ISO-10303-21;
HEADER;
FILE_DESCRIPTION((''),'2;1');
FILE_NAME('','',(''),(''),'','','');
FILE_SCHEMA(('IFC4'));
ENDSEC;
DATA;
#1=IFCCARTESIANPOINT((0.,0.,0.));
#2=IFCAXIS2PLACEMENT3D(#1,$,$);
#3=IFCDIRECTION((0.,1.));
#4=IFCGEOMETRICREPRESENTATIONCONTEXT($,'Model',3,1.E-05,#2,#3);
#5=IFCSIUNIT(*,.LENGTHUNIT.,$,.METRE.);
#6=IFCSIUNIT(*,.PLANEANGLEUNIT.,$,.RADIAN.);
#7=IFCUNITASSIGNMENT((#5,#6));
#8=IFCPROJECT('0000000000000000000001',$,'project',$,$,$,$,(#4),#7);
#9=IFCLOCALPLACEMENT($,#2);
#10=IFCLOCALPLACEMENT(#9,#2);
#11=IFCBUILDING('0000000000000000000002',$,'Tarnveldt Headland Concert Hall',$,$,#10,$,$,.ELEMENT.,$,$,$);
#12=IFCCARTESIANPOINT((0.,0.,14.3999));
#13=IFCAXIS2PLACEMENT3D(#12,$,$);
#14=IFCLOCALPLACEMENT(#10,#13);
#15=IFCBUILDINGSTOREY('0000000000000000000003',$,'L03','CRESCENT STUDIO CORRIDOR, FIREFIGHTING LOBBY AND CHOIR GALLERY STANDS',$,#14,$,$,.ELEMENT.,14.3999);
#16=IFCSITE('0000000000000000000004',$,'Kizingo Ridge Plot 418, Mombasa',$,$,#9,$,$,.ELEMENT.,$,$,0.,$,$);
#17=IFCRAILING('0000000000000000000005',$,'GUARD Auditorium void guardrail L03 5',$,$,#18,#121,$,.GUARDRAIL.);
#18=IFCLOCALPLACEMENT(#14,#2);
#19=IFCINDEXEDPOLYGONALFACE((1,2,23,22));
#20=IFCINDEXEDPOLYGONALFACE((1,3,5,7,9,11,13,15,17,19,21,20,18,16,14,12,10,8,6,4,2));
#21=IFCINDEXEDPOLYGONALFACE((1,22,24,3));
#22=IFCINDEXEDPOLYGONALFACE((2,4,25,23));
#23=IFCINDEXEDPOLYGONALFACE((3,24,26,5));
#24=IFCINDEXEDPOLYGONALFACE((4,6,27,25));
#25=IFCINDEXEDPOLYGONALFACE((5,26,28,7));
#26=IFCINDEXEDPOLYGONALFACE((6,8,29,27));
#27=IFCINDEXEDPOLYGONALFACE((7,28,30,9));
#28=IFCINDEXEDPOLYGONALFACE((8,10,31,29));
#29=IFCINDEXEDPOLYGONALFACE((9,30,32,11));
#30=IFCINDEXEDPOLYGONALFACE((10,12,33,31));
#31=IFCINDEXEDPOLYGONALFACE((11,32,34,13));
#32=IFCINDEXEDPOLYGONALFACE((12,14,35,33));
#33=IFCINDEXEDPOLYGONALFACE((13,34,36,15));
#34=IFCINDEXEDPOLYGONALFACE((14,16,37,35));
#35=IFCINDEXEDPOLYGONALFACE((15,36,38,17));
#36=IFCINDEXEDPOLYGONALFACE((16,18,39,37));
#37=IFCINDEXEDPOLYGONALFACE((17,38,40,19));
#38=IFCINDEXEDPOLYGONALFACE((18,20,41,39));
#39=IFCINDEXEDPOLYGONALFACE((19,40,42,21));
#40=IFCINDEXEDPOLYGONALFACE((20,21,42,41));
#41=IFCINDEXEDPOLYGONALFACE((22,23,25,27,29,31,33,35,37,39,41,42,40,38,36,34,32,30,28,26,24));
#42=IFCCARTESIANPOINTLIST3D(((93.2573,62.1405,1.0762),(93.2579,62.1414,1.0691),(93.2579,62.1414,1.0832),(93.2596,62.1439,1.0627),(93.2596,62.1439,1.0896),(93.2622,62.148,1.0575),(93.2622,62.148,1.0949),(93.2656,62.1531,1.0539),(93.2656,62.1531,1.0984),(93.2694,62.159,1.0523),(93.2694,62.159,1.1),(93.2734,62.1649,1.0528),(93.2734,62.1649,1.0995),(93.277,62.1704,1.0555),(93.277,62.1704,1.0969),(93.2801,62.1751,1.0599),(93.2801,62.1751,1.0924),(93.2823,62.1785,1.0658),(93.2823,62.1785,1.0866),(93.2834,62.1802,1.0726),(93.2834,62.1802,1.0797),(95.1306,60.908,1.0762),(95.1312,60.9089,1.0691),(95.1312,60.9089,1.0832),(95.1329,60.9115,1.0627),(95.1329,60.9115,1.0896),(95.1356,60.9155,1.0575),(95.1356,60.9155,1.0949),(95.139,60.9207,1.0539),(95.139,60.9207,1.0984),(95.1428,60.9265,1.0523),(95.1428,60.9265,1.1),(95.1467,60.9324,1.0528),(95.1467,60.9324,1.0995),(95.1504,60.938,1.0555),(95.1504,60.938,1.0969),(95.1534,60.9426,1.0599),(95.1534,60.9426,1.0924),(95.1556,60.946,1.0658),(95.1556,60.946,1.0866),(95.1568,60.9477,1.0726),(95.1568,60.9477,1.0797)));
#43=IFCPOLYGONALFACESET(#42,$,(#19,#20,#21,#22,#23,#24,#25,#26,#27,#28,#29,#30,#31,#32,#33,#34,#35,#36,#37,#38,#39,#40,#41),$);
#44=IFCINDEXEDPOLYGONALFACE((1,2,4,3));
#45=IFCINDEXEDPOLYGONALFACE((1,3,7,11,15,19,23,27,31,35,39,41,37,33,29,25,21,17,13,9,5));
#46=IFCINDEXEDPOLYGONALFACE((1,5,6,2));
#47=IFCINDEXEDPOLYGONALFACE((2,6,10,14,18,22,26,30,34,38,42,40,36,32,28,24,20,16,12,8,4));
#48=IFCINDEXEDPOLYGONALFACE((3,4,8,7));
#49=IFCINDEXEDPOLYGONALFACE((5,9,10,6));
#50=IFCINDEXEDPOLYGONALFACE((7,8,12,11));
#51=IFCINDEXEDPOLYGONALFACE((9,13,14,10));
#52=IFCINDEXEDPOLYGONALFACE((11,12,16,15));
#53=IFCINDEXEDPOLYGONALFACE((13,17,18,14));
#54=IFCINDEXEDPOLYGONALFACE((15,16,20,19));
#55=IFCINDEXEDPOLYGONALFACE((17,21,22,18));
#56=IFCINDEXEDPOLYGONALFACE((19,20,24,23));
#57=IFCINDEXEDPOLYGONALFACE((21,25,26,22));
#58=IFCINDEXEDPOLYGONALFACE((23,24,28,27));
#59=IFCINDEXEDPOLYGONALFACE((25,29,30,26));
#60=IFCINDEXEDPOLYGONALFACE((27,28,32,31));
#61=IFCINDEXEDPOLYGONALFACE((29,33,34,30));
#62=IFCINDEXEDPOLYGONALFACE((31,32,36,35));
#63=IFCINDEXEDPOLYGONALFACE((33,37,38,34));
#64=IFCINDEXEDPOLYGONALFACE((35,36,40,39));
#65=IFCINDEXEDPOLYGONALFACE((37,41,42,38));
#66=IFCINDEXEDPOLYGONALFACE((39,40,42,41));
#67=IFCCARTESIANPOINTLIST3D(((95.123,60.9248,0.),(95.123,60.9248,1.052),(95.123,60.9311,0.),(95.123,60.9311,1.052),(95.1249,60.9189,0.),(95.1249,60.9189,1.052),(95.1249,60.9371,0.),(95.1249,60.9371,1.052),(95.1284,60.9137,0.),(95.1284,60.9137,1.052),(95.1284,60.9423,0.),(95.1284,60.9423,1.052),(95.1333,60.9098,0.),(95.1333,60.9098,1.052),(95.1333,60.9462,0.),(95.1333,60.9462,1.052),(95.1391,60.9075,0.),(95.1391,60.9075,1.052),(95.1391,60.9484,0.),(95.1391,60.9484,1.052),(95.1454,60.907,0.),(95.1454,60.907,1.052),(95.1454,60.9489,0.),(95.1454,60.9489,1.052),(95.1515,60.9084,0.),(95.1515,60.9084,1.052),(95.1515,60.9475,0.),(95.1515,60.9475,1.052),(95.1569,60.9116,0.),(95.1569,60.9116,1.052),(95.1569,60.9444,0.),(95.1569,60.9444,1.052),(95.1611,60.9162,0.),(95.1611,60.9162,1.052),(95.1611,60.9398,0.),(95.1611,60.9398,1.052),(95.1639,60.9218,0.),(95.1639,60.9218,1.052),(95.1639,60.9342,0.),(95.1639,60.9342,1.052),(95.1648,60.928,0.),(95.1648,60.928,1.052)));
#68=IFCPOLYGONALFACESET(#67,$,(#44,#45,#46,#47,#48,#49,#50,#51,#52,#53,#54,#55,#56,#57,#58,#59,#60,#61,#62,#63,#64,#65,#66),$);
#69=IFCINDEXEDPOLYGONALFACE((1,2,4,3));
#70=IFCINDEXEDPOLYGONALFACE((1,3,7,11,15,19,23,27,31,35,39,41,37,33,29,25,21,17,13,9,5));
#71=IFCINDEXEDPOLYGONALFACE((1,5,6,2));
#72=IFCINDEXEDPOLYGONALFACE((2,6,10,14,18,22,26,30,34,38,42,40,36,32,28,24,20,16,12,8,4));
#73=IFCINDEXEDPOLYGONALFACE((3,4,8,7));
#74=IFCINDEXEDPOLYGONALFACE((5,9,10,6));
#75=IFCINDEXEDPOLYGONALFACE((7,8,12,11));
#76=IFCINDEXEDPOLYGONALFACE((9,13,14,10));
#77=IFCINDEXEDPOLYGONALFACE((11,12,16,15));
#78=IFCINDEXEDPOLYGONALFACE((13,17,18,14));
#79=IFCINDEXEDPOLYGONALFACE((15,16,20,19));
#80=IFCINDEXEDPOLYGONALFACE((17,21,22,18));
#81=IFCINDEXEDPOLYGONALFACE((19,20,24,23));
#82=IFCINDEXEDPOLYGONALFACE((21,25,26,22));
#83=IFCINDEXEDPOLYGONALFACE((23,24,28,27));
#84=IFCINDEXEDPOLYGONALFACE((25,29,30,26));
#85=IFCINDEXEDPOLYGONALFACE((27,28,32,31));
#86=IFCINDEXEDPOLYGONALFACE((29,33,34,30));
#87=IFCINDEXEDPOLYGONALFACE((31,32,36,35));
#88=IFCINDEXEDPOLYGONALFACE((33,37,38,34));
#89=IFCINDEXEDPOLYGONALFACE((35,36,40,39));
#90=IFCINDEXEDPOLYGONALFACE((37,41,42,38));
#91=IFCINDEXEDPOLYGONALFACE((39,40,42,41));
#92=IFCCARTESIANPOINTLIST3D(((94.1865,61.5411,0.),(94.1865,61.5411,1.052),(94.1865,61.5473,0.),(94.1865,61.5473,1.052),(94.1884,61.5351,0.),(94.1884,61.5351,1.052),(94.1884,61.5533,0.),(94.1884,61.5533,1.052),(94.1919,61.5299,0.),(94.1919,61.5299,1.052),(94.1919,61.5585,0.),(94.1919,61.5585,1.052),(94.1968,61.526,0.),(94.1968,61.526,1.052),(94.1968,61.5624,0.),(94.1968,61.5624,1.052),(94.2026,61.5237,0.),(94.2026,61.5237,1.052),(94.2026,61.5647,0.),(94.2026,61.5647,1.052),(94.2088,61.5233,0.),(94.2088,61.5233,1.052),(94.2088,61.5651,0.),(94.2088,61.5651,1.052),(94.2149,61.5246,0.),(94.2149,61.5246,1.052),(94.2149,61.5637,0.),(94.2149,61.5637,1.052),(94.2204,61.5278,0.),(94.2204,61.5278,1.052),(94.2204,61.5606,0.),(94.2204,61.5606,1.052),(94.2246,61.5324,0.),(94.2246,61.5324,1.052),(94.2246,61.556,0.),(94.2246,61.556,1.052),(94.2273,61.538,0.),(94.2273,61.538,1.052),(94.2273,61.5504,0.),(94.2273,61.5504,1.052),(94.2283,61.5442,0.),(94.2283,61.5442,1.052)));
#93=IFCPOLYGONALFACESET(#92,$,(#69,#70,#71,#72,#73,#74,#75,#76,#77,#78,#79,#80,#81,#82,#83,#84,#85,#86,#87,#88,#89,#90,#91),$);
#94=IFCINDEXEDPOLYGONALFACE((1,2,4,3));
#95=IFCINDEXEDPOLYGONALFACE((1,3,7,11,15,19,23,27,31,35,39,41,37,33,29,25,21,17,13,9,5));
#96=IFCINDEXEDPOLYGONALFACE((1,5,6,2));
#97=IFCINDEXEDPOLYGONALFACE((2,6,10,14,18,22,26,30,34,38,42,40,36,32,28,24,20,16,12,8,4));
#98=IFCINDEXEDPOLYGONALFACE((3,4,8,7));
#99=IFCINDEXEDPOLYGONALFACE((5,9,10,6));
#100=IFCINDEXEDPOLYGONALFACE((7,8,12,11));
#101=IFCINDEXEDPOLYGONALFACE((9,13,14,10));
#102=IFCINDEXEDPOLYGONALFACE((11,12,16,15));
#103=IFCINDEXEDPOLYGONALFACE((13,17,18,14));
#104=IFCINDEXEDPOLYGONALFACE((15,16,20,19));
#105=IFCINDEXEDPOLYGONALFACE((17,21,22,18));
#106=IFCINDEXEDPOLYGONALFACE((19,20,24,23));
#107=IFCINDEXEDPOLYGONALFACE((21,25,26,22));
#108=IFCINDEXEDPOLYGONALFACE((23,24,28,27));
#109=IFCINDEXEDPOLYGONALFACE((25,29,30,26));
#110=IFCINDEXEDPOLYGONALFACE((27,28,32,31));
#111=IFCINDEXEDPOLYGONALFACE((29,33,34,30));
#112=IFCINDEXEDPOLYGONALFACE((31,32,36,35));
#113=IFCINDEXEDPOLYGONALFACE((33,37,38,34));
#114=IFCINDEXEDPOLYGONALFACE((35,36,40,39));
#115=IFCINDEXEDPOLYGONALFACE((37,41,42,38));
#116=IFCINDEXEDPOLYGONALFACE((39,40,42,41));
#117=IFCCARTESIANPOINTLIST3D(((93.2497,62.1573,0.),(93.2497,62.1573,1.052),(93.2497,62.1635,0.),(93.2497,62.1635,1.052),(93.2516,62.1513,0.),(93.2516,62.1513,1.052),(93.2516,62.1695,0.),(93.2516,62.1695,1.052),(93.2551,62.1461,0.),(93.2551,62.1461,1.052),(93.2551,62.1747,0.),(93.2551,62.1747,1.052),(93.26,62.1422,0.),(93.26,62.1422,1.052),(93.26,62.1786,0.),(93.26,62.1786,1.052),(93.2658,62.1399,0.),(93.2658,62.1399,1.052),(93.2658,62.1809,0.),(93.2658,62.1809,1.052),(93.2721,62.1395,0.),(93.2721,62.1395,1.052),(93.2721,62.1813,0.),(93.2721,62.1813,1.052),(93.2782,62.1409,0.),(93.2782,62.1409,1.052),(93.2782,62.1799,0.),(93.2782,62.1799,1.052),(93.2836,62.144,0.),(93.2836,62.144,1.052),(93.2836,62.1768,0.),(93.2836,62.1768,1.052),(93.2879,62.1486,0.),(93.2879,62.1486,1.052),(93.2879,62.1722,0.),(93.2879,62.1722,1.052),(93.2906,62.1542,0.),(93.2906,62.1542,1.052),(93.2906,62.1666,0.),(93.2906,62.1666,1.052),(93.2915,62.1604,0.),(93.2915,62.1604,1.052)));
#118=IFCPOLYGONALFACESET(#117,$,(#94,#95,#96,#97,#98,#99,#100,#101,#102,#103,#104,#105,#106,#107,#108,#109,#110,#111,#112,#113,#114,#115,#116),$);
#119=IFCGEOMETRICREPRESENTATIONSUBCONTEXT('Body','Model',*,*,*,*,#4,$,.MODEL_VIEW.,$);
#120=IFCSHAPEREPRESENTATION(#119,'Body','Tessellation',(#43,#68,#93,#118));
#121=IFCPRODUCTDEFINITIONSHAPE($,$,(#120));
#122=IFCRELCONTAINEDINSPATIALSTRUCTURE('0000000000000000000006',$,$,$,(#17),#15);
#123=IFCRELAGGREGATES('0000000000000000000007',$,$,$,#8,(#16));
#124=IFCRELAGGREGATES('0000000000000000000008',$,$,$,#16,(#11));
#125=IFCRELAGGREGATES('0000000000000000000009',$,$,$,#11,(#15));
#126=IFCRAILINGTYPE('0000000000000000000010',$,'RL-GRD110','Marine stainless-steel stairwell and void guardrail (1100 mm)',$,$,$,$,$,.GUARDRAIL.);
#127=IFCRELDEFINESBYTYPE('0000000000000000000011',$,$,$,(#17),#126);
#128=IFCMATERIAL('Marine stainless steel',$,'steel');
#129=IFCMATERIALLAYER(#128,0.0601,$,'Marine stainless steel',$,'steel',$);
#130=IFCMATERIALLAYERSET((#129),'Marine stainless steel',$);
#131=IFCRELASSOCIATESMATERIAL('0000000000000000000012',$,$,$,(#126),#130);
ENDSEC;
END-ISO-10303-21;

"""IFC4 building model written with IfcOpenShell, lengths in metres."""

from ifc_helpers import new_model, si_unit, direction, frame, origin, origin_2d, place, context, subcontext, project, spatial, circle, extrude, material, layer, layer_set, type_object, element, save


model = new_model("IFC4")

# Units and contexts
model_context = context("Model", 3, precision=1e-05, world=origin(), true_north=direction((0.0, 1.0)))
body_context = subcontext(model_context, "Body", "Model", "MODEL_VIEW")
ifc_project = project(units=[si_unit("LENGTHUNIT", "METRE"), si_unit("PLANEANGLEUNIT", "RADIAN")], contexts=[model_context])

# Site, building, storey
site_placement = place(None, origin())
site = spatial("IfcSite", under=ifc_project, at=site_placement, Name="Kizingo Ridge Plot 418, Mombasa", CompositionType="ELEMENT", RefElevation=0.0)
building_placement = place(site_placement, origin())
building = spatial("IfcBuilding", under=site, at=building_placement, Name="Tarnveldt Headland Concert Hall", CompositionType="ELEMENT")
storey_placement = place(building_placement, frame((0.0, 0.0, 14.3999)))
storey = spatial("IfcBuildingStorey", under=building, at=storey_placement, Name="L03", Description="CRESCENT STUDIO CORRIDOR, FIREFIGHTING LOBBY AND CHOIR GALLERY STANDS", CompositionType="ELEMENT", Elevation=14.3999)

# Railing
ifc_material_1 = material(Name="Marine stainless steel", Category="steel")
ifc_layer_1 = layer(ifc_material_1, 0.0601, Name="Marine stainless steel", Category="steel")
ifc_layer_set_1 = layer_set([ifc_layer_1], Name="Marine stainless steel")
railing_type_1 = type_object("IfcRailingType", Name="RL-GRD110", Description="Marine stainless-steel stairwell and void guardrail (1100 mm)", PredefinedType="GUARDRAIL", material=ifc_layer_set_1)
railing_1_placement = place(storey_placement, frame((95.1438, 60.928, 0.0)))
element("IfcRailing", 1, at=railing_1_placement, inside=storey, type_object=railing_type_1, Name="GUARD Auditorium void guardrail L03 5", PredefinedType="GUARDRAIL", context=body_context, shape_type="SweptSolid", body=[
    extrude(circle(Radius=0.0239, at=origin_2d()), frame((0.0, 0.0, 1.0762), z_axis=(-0.835418, 0.549615, 0.0), x_axis=(-0.549615, -0.835418, 0.0)), (0.0, 0.0, 1.0), 2.2424),
    extrude(circle(Radius=0.021, at=origin_2d()), origin(), (0.0, 0.0, 1.0), 1.052),
    extrude(circle(Radius=0.021, at=origin_2d()), frame((-0.9365, 0.6162, 0.0)), (0.0, 0.0, 1.0), 1.052),
    extrude(circle(Radius=0.021, at=origin_2d()), frame((-1.8733, 1.2324, 0.0)), (0.0, 0.0, 1.0), 1.052),
])

save(model, "model.ifc")
